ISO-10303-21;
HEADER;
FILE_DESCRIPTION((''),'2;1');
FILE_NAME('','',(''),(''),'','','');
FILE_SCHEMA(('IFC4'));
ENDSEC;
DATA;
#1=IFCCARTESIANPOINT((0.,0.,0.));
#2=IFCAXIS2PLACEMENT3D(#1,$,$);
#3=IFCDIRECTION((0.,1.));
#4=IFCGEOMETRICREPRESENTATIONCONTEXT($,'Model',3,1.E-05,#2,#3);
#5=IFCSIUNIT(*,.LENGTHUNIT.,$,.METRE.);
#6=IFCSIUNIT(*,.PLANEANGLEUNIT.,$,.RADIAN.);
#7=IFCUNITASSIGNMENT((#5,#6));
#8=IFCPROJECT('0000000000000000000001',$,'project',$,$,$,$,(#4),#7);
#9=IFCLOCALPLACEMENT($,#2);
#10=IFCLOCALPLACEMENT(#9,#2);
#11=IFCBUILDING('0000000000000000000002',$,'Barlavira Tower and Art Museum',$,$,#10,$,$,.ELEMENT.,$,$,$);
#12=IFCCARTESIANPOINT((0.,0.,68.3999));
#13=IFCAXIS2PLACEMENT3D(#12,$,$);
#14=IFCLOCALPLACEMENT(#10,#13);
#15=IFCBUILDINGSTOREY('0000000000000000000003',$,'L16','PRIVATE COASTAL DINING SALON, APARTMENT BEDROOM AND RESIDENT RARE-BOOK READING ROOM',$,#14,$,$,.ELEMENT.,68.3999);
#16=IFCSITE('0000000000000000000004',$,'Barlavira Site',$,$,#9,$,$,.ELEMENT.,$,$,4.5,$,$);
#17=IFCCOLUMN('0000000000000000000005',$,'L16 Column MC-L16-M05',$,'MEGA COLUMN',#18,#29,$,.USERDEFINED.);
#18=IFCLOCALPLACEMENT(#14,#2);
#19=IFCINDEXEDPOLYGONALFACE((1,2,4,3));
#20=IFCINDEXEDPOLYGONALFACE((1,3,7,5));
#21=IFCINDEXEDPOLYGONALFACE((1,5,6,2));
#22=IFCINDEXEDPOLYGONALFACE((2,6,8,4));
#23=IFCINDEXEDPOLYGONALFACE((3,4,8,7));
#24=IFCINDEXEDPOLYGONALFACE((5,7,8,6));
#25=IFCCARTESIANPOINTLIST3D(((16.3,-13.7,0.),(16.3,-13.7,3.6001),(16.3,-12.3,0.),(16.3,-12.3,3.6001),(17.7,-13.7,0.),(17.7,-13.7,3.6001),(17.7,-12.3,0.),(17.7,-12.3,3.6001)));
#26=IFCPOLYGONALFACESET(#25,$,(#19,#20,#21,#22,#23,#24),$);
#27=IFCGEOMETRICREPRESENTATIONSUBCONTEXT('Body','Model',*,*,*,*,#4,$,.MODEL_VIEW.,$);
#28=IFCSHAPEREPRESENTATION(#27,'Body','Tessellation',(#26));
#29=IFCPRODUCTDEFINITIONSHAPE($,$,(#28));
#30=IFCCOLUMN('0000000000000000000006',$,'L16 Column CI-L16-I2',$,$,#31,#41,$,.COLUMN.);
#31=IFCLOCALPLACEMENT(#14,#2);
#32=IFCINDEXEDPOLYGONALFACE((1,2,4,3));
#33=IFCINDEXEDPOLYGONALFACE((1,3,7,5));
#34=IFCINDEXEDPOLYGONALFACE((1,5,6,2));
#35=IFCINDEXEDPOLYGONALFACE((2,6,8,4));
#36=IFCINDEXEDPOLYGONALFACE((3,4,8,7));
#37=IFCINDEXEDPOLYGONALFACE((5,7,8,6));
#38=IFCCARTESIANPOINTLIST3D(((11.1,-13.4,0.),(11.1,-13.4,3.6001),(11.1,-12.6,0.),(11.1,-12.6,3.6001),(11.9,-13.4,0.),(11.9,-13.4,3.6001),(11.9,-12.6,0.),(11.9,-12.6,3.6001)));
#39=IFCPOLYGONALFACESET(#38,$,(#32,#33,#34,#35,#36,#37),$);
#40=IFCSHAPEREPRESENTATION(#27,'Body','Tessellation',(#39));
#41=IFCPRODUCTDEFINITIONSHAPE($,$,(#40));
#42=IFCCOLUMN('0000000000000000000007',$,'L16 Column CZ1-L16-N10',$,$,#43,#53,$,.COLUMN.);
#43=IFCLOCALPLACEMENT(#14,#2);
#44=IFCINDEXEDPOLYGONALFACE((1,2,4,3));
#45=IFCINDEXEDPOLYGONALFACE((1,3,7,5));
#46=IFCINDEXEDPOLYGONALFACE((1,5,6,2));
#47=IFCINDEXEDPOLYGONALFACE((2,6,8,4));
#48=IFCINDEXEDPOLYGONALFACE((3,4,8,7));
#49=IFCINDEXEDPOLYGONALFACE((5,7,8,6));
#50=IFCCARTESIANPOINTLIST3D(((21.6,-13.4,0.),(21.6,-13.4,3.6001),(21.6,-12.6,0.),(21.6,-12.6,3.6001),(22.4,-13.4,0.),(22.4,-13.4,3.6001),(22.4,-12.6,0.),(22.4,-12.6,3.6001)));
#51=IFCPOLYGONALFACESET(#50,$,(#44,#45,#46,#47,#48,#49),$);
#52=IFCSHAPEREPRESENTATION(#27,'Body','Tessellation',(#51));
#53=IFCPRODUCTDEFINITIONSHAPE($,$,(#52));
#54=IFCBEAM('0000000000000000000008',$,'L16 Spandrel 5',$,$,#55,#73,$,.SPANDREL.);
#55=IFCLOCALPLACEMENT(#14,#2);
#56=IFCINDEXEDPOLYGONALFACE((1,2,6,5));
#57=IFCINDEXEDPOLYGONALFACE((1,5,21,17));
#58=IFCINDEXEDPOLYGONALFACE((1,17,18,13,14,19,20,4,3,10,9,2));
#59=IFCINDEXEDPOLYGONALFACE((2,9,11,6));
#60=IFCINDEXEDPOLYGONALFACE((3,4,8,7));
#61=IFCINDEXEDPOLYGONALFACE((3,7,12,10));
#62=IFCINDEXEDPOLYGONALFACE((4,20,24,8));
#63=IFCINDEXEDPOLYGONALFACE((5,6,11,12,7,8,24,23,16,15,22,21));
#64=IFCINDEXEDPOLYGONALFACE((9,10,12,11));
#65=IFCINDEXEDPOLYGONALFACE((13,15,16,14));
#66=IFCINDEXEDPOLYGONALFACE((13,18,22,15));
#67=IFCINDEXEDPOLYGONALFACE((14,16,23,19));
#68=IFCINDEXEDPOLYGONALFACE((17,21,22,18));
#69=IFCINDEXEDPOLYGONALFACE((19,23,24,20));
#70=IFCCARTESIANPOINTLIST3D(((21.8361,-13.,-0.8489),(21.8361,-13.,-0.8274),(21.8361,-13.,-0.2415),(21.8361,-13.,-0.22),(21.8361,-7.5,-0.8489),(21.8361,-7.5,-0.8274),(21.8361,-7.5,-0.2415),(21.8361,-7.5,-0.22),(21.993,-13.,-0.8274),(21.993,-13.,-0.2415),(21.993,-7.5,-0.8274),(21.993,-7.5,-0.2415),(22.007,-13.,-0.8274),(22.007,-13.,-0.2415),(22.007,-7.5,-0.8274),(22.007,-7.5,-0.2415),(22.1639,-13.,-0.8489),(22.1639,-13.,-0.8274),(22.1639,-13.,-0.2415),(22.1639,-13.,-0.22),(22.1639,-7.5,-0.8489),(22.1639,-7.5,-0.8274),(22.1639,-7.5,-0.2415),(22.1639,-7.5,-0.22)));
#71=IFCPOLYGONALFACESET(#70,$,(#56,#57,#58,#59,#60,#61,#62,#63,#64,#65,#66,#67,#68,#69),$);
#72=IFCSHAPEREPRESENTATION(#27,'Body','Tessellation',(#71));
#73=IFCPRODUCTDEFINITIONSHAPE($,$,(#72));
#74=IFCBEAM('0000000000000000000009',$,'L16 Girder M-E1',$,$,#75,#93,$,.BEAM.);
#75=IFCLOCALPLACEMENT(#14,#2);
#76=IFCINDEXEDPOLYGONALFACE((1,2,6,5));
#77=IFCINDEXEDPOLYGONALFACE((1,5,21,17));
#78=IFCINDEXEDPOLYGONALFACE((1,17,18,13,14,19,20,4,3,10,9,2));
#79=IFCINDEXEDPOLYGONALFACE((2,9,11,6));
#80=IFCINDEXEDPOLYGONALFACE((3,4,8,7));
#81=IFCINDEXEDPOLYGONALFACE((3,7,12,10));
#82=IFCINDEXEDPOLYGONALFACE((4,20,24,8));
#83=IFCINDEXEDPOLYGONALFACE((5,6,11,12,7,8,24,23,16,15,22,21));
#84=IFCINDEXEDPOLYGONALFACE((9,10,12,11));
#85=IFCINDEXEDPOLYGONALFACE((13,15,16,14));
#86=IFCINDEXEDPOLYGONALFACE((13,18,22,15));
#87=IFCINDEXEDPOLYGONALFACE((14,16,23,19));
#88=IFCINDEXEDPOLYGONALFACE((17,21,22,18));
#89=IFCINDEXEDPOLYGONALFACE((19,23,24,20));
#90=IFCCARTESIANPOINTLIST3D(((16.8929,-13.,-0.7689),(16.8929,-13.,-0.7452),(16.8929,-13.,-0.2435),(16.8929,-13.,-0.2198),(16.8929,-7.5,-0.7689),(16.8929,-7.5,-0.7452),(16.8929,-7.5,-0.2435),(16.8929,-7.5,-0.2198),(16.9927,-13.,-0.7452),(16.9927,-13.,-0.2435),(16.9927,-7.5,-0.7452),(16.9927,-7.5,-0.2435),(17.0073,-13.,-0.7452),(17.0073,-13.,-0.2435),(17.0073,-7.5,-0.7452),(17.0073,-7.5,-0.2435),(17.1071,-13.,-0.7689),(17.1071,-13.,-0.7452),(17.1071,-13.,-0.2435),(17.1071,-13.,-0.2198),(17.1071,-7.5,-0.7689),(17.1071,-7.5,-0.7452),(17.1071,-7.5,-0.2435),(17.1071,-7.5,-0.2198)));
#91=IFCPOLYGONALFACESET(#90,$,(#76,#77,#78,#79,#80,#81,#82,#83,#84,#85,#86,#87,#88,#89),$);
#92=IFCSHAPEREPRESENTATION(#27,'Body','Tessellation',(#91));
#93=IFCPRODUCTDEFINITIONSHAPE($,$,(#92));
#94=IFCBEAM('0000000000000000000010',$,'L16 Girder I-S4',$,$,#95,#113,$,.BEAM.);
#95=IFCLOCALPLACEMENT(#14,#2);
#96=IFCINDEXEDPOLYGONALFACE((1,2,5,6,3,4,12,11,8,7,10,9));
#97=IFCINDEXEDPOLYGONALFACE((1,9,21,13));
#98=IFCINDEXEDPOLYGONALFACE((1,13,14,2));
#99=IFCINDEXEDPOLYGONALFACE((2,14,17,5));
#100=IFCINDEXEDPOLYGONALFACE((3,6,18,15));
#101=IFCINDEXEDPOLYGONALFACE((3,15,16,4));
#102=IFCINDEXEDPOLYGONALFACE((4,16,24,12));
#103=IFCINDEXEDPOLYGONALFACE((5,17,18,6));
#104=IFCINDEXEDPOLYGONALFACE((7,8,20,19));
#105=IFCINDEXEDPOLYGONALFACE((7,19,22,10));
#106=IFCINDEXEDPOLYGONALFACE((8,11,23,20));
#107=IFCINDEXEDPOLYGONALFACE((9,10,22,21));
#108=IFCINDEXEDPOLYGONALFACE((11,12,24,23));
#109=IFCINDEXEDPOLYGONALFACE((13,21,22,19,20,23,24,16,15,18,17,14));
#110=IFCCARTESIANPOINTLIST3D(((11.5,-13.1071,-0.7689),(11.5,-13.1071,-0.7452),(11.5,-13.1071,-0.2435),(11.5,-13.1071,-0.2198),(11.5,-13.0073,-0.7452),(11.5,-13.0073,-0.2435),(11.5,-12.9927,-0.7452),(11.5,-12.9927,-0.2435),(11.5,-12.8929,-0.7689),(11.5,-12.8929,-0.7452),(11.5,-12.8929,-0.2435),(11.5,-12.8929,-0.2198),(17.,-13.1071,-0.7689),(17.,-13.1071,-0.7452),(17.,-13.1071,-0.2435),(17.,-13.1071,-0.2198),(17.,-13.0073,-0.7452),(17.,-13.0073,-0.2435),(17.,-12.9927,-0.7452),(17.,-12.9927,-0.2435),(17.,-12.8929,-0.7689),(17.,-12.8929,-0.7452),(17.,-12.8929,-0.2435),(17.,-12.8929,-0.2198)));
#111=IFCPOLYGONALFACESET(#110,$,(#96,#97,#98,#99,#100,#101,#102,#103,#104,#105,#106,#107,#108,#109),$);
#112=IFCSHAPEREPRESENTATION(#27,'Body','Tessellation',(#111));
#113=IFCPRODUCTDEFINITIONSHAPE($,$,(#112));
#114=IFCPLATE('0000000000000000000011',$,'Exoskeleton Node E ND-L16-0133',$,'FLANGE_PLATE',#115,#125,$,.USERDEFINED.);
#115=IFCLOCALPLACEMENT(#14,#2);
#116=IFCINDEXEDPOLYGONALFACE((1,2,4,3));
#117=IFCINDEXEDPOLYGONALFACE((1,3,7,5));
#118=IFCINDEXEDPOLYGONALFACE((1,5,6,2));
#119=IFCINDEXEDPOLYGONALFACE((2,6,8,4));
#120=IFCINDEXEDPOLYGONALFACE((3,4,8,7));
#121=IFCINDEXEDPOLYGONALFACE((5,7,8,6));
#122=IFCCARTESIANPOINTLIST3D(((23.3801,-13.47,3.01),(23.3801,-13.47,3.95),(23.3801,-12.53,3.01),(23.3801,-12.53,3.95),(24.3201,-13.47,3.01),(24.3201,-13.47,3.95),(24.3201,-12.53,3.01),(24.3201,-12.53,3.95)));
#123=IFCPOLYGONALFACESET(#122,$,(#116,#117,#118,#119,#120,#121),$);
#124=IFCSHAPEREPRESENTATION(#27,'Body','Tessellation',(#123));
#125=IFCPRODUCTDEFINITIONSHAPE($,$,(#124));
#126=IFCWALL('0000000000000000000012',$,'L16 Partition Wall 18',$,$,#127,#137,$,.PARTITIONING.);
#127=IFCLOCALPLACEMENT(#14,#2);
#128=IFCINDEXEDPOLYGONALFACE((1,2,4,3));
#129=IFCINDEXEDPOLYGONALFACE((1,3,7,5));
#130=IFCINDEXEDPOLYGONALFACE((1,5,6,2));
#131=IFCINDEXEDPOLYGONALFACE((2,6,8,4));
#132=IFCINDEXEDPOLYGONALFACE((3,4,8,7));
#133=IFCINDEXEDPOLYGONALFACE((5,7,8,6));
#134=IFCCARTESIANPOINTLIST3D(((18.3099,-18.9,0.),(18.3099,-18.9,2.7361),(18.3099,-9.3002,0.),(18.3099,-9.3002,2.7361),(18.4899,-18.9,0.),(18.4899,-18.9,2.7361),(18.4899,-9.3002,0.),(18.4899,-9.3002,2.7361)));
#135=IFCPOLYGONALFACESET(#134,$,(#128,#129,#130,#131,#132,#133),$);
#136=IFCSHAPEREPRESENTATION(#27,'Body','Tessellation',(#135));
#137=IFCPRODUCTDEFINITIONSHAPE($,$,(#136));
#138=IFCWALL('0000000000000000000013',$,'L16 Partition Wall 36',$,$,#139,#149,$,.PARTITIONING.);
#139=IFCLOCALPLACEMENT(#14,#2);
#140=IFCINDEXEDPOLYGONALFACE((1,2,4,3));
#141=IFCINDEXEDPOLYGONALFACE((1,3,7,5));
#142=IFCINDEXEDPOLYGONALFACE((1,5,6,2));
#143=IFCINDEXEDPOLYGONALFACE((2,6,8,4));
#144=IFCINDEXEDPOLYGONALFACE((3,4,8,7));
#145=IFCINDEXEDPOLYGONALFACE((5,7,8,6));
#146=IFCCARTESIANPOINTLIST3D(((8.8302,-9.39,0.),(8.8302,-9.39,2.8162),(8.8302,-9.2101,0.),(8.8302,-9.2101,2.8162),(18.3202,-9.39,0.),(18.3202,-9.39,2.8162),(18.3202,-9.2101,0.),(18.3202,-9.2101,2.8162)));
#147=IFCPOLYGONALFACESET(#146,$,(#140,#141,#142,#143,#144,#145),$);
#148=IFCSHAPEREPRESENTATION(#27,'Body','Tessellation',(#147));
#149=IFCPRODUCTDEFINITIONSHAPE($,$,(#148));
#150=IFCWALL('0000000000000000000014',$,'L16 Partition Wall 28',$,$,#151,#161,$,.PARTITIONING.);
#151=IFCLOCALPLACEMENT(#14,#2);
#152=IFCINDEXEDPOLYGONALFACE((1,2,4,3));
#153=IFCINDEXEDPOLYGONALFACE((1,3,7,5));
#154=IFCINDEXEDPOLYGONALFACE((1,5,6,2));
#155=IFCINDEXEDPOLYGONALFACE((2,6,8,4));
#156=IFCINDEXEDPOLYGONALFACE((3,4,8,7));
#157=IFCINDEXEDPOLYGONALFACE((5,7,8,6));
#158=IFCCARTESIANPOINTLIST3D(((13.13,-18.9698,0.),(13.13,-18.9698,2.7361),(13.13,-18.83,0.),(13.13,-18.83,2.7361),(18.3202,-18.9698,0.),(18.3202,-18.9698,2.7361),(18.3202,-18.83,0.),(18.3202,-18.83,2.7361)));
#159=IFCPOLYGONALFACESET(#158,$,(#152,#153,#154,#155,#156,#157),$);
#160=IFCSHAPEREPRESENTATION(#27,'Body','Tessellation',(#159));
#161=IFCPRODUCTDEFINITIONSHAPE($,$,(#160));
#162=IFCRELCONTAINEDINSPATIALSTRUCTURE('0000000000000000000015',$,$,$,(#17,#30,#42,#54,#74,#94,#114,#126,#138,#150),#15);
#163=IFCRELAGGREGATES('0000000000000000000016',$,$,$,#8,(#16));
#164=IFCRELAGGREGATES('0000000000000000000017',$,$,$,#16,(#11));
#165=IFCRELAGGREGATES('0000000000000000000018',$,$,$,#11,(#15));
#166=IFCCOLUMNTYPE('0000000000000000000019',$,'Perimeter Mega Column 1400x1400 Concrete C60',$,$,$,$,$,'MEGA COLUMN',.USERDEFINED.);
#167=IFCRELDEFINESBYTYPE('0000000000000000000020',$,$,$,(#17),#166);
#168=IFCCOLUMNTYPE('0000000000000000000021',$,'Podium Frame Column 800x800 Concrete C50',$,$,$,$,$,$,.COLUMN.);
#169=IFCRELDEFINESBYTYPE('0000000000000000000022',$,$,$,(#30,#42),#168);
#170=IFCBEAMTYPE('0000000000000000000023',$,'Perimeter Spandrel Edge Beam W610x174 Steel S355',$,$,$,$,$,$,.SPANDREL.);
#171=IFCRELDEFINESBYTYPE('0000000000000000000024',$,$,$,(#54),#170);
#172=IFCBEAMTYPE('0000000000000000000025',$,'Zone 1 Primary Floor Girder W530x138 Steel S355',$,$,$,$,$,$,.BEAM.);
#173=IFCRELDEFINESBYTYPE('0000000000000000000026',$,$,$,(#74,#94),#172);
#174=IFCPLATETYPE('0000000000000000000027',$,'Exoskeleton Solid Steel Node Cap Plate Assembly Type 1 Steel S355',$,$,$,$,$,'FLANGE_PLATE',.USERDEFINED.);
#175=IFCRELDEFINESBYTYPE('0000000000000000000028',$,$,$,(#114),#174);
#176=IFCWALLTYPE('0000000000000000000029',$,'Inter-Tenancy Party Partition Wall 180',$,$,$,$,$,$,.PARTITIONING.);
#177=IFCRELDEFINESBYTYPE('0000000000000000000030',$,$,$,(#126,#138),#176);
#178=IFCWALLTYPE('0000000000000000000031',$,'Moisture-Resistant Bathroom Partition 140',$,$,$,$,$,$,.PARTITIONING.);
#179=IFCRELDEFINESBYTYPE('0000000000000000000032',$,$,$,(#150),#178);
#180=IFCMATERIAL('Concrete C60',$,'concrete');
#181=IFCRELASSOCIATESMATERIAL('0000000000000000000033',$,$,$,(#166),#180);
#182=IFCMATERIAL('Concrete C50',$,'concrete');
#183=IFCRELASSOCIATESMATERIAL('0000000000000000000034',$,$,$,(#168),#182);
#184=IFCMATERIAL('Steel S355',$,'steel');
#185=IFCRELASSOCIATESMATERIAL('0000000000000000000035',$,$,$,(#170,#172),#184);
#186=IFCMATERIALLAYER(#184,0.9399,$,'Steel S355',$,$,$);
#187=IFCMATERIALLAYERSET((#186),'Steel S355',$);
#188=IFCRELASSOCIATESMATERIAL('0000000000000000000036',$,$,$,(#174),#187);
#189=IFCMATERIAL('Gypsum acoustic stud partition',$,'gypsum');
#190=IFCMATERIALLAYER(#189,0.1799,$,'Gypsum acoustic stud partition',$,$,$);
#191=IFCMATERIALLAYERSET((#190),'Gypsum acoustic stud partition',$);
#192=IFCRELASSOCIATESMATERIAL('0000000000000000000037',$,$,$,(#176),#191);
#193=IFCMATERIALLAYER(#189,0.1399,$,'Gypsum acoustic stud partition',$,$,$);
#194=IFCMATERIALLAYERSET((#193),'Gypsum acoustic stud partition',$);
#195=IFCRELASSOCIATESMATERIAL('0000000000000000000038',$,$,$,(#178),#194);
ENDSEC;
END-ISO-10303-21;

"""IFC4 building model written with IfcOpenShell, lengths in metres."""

from ifc_helpers import new_model, si_unit, direction, frame, frame_2d, origin, origin_2d, place, context, subcontext, project, spatial, rectangle, i_section, extrude, material, layer, layer_set, material_profile, profile_set, type_object, element, save


model = new_model("IFC4")

# Units and contexts
model_context = context("Model", 3, precision=1e-05, world=origin(), true_north=direction((0.0, 1.0)))
body_context = subcontext(model_context, "Body", "Model", "MODEL_VIEW")
ifc_project = project(units=[si_unit("LENGTHUNIT", "METRE"), si_unit("PLANEANGLEUNIT", "RADIAN")], contexts=[model_context])

# Site, building, storey
site_placement = place(None, origin())
site = spatial("IfcSite", under=ifc_project, at=site_placement, Name="Barlavira Site", CompositionType="ELEMENT", RefElevation=4.5)
building_placement = place(site_placement, origin())
building = spatial("IfcBuilding", under=site, at=building_placement, Name="Barlavira Tower and Art Museum", CompositionType="ELEMENT")
storey_placement = place(building_placement, frame((0.0, 0.0, 68.3999)))
storey = spatial("IfcBuildingStorey", under=building, at=storey_placement, Name="L16", Description="PRIVATE COASTAL DINING SALON, APARTMENT BEDROOM AND RESIDENT RARE-BOOK READING ROOM", CompositionType="ELEMENT", Elevation=68.3999)

# Columns
ifc_material_1 = material(Name="Concrete C60", Category="concrete")
ifc_material_profile_1 = material_profile(ifc_material_1, rectangle(XDim=1.3999, YDim=1.3999, at=origin_2d()), Name="RC-MCOL 1400x1400")
ifc_profile_set_1 = profile_set([ifc_material_profile_1], Name="Concrete C60")
column_type_1 = type_object("IfcColumnType", Name="Perimeter Mega Column 1400x1400 Concrete C60", ElementType="MEGA COLUMN", PredefinedType="USERDEFINED", material=ifc_profile_set_1)
column_placement = place(storey_placement, frame((17.0, -13.0, 0.0), z_axis=(0.0, 0.0, 1.0), x_axis=(1.0, 0.0, 0.0)))
element("IfcColumn", 1, at=column_placement, inside=storey, type_object=column_type_1, Name="L16 Column MC-L16-M05", ObjectType="MEGA COLUMN", PredefinedType="USERDEFINED", context=body_context, shape_type="SweptSolid", body=[
    extrude(rectangle(XDim=1.3999, YDim=1.3999, at=origin_2d()), origin(), (0.0, 0.0, 1.0), 3.6001),
])
ifc_material_2 = material(Name="Concrete C50", Category="concrete")
ifc_material_profile_2 = material_profile(ifc_material_2, rectangle(XDim=0.8, YDim=0.8, at=origin_2d()), Name="RC-COL 800x800")
ifc_profile_set_2 = profile_set([ifc_material_profile_2], Name="Concrete C50")
column_type_2 = type_object("IfcColumnType", Name="Podium Frame Column 800x800 Concrete C50", PredefinedType="COLUMN", material=ifc_profile_set_2)
for number, where, z_axis, x_axis, name in (
    (2, (11.5, -13.0, 0.0), (0.0, 0.0, 1.0), (1.0, 0.0, 0.0), "L16 Column CI-L16-I2"),
    (3, (22.0, -13.0, 0.0), (0.0, 0.0, 1.0), (1.0, 0.0, 0.0), "L16 Column CZ1-L16-N10"),
):
    element("IfcColumn", number, at=place(storey_placement, frame(where, z_axis=z_axis, x_axis=x_axis)), inside=storey, type_object=column_type_2, Name=name, PredefinedType="COLUMN", context=body_context, shape_type="SweptSolid", body=[
        extrude(rectangle(XDim=0.8, YDim=0.8, at=origin_2d()), origin(), (0.0, 0.0, 1.0), 3.6001),
    ])

# Beams
ifc_material_3 = material(Name="Steel S355", Category="steel")
ifc_material_profile_3 = material_profile(ifc_material_3, i_section(OverallWidth=0.3279, OverallDepth=0.6289, WebThickness=0.0139, FlangeThickness=0.0215, at=origin_2d()), Name="W610x174.0")
ifc_profile_set_3 = profile_set([ifc_material_profile_3], Name="Steel S355")
beam_type_1 = type_object("IfcBeamType", Name="Perimeter Spandrel Edge Beam W610x174 Steel S355", PredefinedType="SPANDREL", material=ifc_profile_set_3)
beam_placement = place(storey_placement, frame((22.0, -13.0, -0.5344), z_axis=(0.0, 1.0, 0.0), x_axis=(-1.0, 0.0, 0.0)))
element("IfcBeam", 4, at=beam_placement, inside=storey, type_object=beam_type_1, Name="L16 Spandrel 5", PredefinedType="SPANDREL", context=body_context, shape_type="SweptSolid", body=[
    extrude(i_section(OverallWidth=0.3279, OverallDepth=0.6289, WebThickness=0.0139, FlangeThickness=0.0215, at=origin_2d()), origin(), (0.0, 0.0, 1.0), 5.5),
])
ifc_material_profile_4 = material_profile(ifc_material_3, i_section(OverallWidth=0.2141, OverallDepth=0.5491, WebThickness=0.0146, FlangeThickness=0.0237, at=origin_2d()), Name="W530x138.0")
ifc_profile_set_4 = profile_set([ifc_material_profile_4], Name="Steel S355")
beam_type_2 = type_object("IfcBeamType", Name="Zone 1 Primary Floor Girder W530x138 Steel S355", PredefinedType="BEAM", material=ifc_profile_set_4)
for number, where, z_axis, x_axis, name in (
    (5, (17.0, -13.0, -0.4944), (0.0, 1.0, 0.0), (-1.0, 0.0, 0.0), "L16 Girder M-E1"),
    (6, (11.5, -13.0, -0.4944), (1.0, 0.0, 0.0), (0.0, 1.0, 0.0), "L16 Girder I-S4"),
):
    element("IfcBeam", number, at=place(storey_placement, frame(where, z_axis=z_axis, x_axis=x_axis)), inside=storey, type_object=beam_type_2, Name=name, PredefinedType="BEAM", context=body_context, shape_type="SweptSolid", body=[
        extrude(i_section(OverallWidth=0.2141, OverallDepth=0.5491, WebThickness=0.0146, FlangeThickness=0.0237, at=origin_2d()), origin(), (0.0, 0.0, 1.0), 5.5),
    ])

# Plate
ifc_layer_1 = layer(ifc_material_3, 0.9399, Name="Steel S355")
ifc_layer_set_1 = layer_set([ifc_layer_1], Name="Steel S355")
plate_type = type_object("IfcPlateType", Name="Exoskeleton Solid Steel Node Cap Plate Assembly Type 1 Steel S355", ElementType="FLANGE_PLATE", PredefinedType="USERDEFINED", material=ifc_layer_set_1)
plate_placement = place(storey_placement, frame((23.8501, -13.0, 3.01), z_axis=(0.0, 0.0, 1.0), x_axis=(1.0, 0.0, 0.0)))
element("IfcPlate", 7, at=plate_placement, inside=storey, type_object=plate_type, Name="Exoskeleton Node E ND-L16-0133", ObjectType="FLANGE_PLATE", PredefinedType="USERDEFINED", context=body_context, shape_type="SweptSolid", body=[
    extrude(rectangle(XDim=0.9399, YDim=0.9399, at=origin_2d()), origin(), (0.0, 0.0, 1.0), 0.9399),
])

# Walls
ifc_material_4 = material(Name="Gypsum acoustic stud partition", Category="gypsum")
ifc_layer_2 = layer(ifc_material_4, 0.1799, Name="Gypsum acoustic stud partition")
ifc_layer_set_2 = layer_set([ifc_layer_2], Name="Gypsum acoustic stud partition")
wall_type_1 = type_object("IfcWallType", Name="Inter-Tenancy Party Partition Wall 180", PredefinedType="PARTITIONING", material=ifc_layer_set_2)
wall_1_placement = place(storey_placement, frame((18.3999, -18.8999, 0.0), z_axis=(0.0, 0.0, 1.0), x_axis=(0.0, 1.0, 0.0)))
element("IfcWall", 8, at=wall_1_placement, inside=storey, type_object=wall_type_1, Name="L16 Partition Wall 18", PredefinedType="PARTITIONING", context=body_context, shape_type="SweptSolid", body=[
    extrude(rectangle(XDim=9.5999, YDim=0.1799, at=frame_2d((4.7998, 0.0))), origin(), (0.0, 0.0, 1.0), 2.7361),
])
wall_2_placement = place(storey_placement, frame((8.8301, -9.3, 0.0), z_axis=(0.0, 0.0, 1.0), x_axis=(1.0, 0.0, 0.0)))
element("IfcWall", 9, at=wall_2_placement, inside=storey, type_object=wall_type_1, Name="L16 Partition Wall 36", PredefinedType="PARTITIONING", context=body_context, shape_type="SweptSolid", body=[
    extrude(rectangle(XDim=9.49, YDim=0.1799, at=frame_2d((4.7451, 0.0))), origin(), (0.0, 0.0, 1.0), 2.8162),
])
ifc_layer_3 = layer(ifc_material_4, 0.1399, Name="Gypsum acoustic stud partition")
ifc_layer_set_3 = layer_set([ifc_layer_3], Name="Gypsum acoustic stud partition")
wall_type_2 = type_object("IfcWallType", Name="Moisture-Resistant Bathroom Partition 140", PredefinedType="PARTITIONING", material=ifc_layer_set_3)
wall_3_placement = place(storey_placement, frame((13.1299, -18.8999, 0.0), z_axis=(0.0, 0.0, 1.0), x_axis=(1.0, 0.0, 0.0)))
element("IfcWall", 10, at=wall_3_placement, inside=storey, type_object=wall_type_2, Name="L16 Partition Wall 28", PredefinedType="PARTITIONING", context=body_context, shape_type="SweptSolid", body=[
    extrude(rectangle(XDim=5.1902, YDim=0.1399, at=frame_2d((2.5952, 0.0))), origin(), (0.0, 0.0, 1.0), 2.7361),
])

save(model, "model.ifc")
